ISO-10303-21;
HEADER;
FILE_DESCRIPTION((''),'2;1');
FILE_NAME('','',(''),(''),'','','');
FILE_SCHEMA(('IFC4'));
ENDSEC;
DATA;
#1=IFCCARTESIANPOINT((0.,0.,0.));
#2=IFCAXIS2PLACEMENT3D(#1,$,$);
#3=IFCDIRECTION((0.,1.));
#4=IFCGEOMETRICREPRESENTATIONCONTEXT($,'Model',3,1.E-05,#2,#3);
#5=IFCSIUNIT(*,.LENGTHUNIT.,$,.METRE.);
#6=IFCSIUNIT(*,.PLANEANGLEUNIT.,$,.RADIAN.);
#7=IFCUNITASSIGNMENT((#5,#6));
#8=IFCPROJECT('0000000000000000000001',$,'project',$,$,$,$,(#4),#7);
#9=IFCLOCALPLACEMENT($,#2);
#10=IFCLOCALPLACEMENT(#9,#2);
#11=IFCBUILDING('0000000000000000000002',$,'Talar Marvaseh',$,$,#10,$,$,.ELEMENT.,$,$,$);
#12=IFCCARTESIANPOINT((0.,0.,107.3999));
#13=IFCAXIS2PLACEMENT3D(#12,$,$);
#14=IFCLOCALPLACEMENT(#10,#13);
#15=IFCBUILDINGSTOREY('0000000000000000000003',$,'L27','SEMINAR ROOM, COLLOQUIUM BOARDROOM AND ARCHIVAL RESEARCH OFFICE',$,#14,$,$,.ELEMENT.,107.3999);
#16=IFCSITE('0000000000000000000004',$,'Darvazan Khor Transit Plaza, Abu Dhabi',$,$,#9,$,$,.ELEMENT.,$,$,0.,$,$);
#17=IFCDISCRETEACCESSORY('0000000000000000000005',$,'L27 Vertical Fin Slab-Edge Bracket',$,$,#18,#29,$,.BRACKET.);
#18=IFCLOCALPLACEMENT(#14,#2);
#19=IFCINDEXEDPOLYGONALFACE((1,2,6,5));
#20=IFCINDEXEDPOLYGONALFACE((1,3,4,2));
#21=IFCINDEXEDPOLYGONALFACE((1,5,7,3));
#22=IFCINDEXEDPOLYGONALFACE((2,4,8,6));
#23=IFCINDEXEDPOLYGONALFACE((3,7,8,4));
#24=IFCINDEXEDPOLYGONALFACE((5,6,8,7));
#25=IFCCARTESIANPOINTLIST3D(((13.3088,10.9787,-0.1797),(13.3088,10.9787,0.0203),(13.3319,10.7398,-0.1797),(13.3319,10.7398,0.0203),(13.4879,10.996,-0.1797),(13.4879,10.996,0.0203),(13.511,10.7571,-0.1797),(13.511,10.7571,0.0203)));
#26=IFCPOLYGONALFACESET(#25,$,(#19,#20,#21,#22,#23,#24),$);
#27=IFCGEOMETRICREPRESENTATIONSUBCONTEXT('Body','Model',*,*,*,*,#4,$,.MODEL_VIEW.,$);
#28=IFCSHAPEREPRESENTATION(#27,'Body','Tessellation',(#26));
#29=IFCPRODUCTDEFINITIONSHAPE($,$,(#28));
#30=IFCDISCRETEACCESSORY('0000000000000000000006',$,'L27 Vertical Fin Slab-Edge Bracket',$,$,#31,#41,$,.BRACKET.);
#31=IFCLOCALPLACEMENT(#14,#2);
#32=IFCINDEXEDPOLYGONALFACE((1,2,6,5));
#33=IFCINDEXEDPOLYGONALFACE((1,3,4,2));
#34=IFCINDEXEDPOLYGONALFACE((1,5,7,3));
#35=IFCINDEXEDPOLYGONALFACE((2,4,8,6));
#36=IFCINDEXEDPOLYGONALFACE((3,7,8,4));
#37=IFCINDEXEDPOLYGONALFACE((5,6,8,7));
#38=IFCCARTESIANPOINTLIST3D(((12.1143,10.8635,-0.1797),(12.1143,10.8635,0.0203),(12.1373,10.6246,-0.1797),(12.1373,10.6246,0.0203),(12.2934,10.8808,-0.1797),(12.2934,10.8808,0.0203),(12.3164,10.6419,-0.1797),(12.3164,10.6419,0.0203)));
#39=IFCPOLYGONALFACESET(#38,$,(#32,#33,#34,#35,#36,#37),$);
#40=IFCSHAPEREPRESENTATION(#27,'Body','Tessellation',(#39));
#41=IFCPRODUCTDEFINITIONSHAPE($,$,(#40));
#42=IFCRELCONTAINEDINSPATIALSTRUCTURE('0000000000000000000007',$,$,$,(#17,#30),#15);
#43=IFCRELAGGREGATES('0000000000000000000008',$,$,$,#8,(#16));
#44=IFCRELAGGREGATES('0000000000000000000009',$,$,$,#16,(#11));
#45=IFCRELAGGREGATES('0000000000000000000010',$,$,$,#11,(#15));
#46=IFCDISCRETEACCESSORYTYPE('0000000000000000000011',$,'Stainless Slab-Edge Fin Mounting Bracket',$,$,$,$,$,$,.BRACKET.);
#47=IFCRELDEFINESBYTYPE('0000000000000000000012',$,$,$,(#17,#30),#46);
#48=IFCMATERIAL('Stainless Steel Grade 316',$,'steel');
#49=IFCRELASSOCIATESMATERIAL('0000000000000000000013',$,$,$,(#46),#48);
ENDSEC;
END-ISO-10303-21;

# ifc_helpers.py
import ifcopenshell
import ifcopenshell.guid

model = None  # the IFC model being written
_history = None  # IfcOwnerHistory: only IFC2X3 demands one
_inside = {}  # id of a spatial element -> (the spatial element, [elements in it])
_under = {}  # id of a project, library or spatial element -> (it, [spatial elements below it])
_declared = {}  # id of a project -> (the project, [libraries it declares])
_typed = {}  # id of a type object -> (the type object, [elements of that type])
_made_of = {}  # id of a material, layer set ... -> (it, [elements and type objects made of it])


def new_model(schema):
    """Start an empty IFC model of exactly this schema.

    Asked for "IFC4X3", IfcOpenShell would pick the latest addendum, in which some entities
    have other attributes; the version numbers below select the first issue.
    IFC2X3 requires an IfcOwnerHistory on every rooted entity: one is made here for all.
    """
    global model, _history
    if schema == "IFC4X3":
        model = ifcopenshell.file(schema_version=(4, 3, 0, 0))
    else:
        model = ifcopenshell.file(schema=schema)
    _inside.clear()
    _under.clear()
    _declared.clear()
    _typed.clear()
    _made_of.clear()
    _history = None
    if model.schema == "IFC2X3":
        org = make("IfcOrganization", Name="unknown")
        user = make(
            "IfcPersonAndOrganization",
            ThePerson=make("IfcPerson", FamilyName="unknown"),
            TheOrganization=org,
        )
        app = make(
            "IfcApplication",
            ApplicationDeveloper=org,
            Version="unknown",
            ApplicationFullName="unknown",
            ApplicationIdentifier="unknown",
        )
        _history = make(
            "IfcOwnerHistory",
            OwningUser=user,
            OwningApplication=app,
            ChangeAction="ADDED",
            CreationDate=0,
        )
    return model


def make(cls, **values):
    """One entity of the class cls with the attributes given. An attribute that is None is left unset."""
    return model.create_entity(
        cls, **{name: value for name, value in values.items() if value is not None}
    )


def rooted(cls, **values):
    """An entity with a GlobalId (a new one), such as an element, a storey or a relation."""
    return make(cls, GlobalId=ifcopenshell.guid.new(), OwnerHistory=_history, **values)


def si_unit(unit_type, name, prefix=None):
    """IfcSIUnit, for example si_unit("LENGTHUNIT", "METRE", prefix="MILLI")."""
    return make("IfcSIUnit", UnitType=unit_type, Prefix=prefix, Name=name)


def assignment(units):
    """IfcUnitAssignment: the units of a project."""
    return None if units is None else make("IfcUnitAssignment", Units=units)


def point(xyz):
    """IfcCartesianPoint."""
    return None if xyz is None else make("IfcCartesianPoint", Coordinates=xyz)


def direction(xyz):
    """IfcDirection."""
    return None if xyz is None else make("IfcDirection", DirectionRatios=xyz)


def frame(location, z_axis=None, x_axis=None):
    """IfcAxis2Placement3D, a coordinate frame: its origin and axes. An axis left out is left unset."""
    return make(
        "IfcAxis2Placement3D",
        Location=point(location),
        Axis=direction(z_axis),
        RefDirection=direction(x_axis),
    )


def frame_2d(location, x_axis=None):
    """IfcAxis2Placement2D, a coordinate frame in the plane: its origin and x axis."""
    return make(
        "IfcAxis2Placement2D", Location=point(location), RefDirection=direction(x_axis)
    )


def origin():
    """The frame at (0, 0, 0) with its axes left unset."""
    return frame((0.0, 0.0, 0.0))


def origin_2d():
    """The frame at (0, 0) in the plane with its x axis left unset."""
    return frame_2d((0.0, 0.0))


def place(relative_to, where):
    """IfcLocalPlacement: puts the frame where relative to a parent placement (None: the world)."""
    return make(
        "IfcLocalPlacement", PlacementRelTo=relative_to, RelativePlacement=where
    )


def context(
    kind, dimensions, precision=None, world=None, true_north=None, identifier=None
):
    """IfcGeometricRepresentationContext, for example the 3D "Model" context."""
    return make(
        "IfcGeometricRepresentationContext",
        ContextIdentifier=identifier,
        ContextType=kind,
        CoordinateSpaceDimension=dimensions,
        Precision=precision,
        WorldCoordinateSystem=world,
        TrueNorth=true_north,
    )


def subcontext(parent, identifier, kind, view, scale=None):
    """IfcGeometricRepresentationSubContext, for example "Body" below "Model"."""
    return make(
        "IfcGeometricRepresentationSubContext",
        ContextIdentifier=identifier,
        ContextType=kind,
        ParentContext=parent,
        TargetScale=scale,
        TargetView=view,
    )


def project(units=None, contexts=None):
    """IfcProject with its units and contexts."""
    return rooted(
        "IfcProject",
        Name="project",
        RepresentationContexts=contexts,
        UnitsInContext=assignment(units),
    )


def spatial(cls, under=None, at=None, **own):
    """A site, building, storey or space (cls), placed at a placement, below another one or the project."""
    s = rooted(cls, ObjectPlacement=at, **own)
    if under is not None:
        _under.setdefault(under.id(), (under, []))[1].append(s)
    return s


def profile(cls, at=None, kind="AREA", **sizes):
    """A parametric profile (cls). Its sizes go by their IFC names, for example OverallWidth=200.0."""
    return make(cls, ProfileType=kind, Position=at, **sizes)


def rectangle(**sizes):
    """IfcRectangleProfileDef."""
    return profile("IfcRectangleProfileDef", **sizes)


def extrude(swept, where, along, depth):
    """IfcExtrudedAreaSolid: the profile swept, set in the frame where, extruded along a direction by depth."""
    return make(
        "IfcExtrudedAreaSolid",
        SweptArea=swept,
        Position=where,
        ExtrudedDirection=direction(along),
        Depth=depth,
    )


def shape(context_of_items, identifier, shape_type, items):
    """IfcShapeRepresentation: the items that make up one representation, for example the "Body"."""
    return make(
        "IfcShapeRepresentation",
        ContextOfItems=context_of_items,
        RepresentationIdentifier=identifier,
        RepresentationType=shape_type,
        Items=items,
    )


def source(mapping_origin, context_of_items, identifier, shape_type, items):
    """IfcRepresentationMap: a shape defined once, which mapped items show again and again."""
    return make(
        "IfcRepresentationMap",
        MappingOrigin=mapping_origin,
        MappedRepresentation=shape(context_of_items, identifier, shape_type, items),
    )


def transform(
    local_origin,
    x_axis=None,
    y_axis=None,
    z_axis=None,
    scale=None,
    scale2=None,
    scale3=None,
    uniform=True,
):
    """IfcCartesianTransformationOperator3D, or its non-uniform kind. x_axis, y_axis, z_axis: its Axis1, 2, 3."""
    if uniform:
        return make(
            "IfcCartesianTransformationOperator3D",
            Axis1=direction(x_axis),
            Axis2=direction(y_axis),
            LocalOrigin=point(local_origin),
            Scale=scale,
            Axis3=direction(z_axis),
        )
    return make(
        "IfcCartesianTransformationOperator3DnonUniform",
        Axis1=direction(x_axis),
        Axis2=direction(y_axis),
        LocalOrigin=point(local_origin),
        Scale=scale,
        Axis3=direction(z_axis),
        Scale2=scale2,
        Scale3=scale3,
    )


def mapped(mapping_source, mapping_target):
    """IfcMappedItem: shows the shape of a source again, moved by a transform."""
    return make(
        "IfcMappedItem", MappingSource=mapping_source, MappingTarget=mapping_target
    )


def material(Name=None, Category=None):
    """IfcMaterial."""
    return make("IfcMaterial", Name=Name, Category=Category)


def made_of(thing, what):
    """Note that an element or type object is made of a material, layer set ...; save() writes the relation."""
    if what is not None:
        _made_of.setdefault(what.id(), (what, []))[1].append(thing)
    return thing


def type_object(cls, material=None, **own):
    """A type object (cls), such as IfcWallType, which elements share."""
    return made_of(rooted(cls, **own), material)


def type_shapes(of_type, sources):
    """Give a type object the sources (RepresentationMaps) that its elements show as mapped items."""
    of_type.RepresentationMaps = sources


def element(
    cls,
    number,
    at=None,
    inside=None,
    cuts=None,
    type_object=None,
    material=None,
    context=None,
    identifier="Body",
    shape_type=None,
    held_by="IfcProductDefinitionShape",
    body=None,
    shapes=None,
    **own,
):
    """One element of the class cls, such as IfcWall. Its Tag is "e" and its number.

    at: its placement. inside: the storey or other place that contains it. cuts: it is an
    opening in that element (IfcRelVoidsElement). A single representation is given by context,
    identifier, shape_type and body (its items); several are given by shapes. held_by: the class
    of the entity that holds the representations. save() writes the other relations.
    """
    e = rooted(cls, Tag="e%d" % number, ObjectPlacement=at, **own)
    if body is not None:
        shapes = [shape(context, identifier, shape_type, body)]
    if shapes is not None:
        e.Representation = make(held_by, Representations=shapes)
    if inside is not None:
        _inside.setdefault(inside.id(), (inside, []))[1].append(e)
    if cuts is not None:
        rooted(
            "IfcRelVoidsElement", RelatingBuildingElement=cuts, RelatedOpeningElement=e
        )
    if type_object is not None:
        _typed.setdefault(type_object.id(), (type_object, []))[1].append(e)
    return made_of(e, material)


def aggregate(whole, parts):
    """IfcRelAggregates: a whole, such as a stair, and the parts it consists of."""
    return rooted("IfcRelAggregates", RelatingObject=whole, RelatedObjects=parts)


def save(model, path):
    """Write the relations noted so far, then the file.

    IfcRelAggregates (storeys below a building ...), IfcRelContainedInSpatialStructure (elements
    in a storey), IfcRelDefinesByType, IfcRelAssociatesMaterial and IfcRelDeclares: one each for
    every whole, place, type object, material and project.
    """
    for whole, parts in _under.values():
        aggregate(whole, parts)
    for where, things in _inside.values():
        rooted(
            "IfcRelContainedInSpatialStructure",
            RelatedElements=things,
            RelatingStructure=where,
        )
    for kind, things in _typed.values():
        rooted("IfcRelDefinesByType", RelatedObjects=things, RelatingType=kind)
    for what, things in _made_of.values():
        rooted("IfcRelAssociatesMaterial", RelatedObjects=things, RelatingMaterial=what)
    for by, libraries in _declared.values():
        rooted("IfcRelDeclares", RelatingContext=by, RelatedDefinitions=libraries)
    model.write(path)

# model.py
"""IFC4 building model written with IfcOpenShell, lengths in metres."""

from ifc_helpers import new_model, si_unit, direction, frame, origin, origin_2d, place, context, subcontext, project, spatial, rectangle, extrude, source, transform, mapped, material, type_object, type_shapes, element, save


model = new_model("IFC4")

# Units and contexts
model_context = context("Model", 3, precision=1e-05, world=origin(), true_north=direction((0.0, 1.0)))
body_context = subcontext(model_context, "Body", "Model", "MODEL_VIEW")
ifc_project = project(units=[si_unit("LENGTHUNIT", "METRE"), si_unit("PLANEANGLEUNIT", "RADIAN")], contexts=[model_context])

# Site, building, storey
site_placement = place(None, origin())
site = spatial("IfcSite", under=ifc_project, at=site_placement, Name="Darvazan Khor Transit Plaza, Abu Dhabi", CompositionType="ELEMENT", RefElevation=0.0)
building_placement = place(site_placement, origin())
building = spatial("IfcBuilding", under=site, at=building_placement, Name="Talar Marvaseh", CompositionType="ELEMENT")
storey_placement = place(building_placement, frame((0.0, 0.0, 107.3999)))
storey = spatial("IfcBuildingStorey", under=building, at=storey_placement, Name="L27", Description="SEMINAR ROOM, COLLOQUIUM BOARDROOM AND ARCHIVAL RESEARCH OFFICE", CompositionType="ELEMENT", Elevation=107.3999)

# Discrete accessories
ifc_material_1 = material(Name="Stainless Steel Grade 316", Category="steel")
discrete_accessory_type = type_object("IfcDiscreteAccessoryType", Name="Stainless Slab-Edge Fin Mounting Bracket", PredefinedType="BRACKET", material=ifc_material_1)
shared_shape_1 = source(origin(), body_context, "Body", "SweptSolid", [
    extrude(rectangle(XDim=0.24, YDim=0.1799, at=origin_2d()), origin(), (0.0, 0.0, 1.0), 0.2),
])
type_shapes(discrete_accessory_type, [shared_shape_1])
for number, where, z_axis, x_axis, name in (
    (1, (13.4099, 10.8679, -0.1797), (0.0, 0.0, 1.0), (0.096019, -0.995379, 0.0), "L27 Vertical Fin Slab-Edge Bracket"),
    (2, (12.2153, 10.7527, -0.1797), (0.0, 0.0, 1.0), (0.096019, -0.995379, 0.0), "L27 Vertical Fin Slab-Edge Bracket"),
):
    element("IfcDiscreteAccessory", number, at=place(storey_placement, frame(where, z_axis=z_axis, x_axis=x_axis)), inside=storey, type_object=discrete_accessory_type, Name=name, PredefinedType="BRACKET", context=body_context, shape_type="MappedRepresentation", body=[
        mapped(shared_shape_1, transform((0.0, 0.0, 0.0), x_axis=(1.0, 0.0, 0.0), y_axis=(0.0, 1.0, 0.0), z_axis=(0.0, 0.0, 1.0), scale=1.0)),
    ])

save(model, "model.ifc")
